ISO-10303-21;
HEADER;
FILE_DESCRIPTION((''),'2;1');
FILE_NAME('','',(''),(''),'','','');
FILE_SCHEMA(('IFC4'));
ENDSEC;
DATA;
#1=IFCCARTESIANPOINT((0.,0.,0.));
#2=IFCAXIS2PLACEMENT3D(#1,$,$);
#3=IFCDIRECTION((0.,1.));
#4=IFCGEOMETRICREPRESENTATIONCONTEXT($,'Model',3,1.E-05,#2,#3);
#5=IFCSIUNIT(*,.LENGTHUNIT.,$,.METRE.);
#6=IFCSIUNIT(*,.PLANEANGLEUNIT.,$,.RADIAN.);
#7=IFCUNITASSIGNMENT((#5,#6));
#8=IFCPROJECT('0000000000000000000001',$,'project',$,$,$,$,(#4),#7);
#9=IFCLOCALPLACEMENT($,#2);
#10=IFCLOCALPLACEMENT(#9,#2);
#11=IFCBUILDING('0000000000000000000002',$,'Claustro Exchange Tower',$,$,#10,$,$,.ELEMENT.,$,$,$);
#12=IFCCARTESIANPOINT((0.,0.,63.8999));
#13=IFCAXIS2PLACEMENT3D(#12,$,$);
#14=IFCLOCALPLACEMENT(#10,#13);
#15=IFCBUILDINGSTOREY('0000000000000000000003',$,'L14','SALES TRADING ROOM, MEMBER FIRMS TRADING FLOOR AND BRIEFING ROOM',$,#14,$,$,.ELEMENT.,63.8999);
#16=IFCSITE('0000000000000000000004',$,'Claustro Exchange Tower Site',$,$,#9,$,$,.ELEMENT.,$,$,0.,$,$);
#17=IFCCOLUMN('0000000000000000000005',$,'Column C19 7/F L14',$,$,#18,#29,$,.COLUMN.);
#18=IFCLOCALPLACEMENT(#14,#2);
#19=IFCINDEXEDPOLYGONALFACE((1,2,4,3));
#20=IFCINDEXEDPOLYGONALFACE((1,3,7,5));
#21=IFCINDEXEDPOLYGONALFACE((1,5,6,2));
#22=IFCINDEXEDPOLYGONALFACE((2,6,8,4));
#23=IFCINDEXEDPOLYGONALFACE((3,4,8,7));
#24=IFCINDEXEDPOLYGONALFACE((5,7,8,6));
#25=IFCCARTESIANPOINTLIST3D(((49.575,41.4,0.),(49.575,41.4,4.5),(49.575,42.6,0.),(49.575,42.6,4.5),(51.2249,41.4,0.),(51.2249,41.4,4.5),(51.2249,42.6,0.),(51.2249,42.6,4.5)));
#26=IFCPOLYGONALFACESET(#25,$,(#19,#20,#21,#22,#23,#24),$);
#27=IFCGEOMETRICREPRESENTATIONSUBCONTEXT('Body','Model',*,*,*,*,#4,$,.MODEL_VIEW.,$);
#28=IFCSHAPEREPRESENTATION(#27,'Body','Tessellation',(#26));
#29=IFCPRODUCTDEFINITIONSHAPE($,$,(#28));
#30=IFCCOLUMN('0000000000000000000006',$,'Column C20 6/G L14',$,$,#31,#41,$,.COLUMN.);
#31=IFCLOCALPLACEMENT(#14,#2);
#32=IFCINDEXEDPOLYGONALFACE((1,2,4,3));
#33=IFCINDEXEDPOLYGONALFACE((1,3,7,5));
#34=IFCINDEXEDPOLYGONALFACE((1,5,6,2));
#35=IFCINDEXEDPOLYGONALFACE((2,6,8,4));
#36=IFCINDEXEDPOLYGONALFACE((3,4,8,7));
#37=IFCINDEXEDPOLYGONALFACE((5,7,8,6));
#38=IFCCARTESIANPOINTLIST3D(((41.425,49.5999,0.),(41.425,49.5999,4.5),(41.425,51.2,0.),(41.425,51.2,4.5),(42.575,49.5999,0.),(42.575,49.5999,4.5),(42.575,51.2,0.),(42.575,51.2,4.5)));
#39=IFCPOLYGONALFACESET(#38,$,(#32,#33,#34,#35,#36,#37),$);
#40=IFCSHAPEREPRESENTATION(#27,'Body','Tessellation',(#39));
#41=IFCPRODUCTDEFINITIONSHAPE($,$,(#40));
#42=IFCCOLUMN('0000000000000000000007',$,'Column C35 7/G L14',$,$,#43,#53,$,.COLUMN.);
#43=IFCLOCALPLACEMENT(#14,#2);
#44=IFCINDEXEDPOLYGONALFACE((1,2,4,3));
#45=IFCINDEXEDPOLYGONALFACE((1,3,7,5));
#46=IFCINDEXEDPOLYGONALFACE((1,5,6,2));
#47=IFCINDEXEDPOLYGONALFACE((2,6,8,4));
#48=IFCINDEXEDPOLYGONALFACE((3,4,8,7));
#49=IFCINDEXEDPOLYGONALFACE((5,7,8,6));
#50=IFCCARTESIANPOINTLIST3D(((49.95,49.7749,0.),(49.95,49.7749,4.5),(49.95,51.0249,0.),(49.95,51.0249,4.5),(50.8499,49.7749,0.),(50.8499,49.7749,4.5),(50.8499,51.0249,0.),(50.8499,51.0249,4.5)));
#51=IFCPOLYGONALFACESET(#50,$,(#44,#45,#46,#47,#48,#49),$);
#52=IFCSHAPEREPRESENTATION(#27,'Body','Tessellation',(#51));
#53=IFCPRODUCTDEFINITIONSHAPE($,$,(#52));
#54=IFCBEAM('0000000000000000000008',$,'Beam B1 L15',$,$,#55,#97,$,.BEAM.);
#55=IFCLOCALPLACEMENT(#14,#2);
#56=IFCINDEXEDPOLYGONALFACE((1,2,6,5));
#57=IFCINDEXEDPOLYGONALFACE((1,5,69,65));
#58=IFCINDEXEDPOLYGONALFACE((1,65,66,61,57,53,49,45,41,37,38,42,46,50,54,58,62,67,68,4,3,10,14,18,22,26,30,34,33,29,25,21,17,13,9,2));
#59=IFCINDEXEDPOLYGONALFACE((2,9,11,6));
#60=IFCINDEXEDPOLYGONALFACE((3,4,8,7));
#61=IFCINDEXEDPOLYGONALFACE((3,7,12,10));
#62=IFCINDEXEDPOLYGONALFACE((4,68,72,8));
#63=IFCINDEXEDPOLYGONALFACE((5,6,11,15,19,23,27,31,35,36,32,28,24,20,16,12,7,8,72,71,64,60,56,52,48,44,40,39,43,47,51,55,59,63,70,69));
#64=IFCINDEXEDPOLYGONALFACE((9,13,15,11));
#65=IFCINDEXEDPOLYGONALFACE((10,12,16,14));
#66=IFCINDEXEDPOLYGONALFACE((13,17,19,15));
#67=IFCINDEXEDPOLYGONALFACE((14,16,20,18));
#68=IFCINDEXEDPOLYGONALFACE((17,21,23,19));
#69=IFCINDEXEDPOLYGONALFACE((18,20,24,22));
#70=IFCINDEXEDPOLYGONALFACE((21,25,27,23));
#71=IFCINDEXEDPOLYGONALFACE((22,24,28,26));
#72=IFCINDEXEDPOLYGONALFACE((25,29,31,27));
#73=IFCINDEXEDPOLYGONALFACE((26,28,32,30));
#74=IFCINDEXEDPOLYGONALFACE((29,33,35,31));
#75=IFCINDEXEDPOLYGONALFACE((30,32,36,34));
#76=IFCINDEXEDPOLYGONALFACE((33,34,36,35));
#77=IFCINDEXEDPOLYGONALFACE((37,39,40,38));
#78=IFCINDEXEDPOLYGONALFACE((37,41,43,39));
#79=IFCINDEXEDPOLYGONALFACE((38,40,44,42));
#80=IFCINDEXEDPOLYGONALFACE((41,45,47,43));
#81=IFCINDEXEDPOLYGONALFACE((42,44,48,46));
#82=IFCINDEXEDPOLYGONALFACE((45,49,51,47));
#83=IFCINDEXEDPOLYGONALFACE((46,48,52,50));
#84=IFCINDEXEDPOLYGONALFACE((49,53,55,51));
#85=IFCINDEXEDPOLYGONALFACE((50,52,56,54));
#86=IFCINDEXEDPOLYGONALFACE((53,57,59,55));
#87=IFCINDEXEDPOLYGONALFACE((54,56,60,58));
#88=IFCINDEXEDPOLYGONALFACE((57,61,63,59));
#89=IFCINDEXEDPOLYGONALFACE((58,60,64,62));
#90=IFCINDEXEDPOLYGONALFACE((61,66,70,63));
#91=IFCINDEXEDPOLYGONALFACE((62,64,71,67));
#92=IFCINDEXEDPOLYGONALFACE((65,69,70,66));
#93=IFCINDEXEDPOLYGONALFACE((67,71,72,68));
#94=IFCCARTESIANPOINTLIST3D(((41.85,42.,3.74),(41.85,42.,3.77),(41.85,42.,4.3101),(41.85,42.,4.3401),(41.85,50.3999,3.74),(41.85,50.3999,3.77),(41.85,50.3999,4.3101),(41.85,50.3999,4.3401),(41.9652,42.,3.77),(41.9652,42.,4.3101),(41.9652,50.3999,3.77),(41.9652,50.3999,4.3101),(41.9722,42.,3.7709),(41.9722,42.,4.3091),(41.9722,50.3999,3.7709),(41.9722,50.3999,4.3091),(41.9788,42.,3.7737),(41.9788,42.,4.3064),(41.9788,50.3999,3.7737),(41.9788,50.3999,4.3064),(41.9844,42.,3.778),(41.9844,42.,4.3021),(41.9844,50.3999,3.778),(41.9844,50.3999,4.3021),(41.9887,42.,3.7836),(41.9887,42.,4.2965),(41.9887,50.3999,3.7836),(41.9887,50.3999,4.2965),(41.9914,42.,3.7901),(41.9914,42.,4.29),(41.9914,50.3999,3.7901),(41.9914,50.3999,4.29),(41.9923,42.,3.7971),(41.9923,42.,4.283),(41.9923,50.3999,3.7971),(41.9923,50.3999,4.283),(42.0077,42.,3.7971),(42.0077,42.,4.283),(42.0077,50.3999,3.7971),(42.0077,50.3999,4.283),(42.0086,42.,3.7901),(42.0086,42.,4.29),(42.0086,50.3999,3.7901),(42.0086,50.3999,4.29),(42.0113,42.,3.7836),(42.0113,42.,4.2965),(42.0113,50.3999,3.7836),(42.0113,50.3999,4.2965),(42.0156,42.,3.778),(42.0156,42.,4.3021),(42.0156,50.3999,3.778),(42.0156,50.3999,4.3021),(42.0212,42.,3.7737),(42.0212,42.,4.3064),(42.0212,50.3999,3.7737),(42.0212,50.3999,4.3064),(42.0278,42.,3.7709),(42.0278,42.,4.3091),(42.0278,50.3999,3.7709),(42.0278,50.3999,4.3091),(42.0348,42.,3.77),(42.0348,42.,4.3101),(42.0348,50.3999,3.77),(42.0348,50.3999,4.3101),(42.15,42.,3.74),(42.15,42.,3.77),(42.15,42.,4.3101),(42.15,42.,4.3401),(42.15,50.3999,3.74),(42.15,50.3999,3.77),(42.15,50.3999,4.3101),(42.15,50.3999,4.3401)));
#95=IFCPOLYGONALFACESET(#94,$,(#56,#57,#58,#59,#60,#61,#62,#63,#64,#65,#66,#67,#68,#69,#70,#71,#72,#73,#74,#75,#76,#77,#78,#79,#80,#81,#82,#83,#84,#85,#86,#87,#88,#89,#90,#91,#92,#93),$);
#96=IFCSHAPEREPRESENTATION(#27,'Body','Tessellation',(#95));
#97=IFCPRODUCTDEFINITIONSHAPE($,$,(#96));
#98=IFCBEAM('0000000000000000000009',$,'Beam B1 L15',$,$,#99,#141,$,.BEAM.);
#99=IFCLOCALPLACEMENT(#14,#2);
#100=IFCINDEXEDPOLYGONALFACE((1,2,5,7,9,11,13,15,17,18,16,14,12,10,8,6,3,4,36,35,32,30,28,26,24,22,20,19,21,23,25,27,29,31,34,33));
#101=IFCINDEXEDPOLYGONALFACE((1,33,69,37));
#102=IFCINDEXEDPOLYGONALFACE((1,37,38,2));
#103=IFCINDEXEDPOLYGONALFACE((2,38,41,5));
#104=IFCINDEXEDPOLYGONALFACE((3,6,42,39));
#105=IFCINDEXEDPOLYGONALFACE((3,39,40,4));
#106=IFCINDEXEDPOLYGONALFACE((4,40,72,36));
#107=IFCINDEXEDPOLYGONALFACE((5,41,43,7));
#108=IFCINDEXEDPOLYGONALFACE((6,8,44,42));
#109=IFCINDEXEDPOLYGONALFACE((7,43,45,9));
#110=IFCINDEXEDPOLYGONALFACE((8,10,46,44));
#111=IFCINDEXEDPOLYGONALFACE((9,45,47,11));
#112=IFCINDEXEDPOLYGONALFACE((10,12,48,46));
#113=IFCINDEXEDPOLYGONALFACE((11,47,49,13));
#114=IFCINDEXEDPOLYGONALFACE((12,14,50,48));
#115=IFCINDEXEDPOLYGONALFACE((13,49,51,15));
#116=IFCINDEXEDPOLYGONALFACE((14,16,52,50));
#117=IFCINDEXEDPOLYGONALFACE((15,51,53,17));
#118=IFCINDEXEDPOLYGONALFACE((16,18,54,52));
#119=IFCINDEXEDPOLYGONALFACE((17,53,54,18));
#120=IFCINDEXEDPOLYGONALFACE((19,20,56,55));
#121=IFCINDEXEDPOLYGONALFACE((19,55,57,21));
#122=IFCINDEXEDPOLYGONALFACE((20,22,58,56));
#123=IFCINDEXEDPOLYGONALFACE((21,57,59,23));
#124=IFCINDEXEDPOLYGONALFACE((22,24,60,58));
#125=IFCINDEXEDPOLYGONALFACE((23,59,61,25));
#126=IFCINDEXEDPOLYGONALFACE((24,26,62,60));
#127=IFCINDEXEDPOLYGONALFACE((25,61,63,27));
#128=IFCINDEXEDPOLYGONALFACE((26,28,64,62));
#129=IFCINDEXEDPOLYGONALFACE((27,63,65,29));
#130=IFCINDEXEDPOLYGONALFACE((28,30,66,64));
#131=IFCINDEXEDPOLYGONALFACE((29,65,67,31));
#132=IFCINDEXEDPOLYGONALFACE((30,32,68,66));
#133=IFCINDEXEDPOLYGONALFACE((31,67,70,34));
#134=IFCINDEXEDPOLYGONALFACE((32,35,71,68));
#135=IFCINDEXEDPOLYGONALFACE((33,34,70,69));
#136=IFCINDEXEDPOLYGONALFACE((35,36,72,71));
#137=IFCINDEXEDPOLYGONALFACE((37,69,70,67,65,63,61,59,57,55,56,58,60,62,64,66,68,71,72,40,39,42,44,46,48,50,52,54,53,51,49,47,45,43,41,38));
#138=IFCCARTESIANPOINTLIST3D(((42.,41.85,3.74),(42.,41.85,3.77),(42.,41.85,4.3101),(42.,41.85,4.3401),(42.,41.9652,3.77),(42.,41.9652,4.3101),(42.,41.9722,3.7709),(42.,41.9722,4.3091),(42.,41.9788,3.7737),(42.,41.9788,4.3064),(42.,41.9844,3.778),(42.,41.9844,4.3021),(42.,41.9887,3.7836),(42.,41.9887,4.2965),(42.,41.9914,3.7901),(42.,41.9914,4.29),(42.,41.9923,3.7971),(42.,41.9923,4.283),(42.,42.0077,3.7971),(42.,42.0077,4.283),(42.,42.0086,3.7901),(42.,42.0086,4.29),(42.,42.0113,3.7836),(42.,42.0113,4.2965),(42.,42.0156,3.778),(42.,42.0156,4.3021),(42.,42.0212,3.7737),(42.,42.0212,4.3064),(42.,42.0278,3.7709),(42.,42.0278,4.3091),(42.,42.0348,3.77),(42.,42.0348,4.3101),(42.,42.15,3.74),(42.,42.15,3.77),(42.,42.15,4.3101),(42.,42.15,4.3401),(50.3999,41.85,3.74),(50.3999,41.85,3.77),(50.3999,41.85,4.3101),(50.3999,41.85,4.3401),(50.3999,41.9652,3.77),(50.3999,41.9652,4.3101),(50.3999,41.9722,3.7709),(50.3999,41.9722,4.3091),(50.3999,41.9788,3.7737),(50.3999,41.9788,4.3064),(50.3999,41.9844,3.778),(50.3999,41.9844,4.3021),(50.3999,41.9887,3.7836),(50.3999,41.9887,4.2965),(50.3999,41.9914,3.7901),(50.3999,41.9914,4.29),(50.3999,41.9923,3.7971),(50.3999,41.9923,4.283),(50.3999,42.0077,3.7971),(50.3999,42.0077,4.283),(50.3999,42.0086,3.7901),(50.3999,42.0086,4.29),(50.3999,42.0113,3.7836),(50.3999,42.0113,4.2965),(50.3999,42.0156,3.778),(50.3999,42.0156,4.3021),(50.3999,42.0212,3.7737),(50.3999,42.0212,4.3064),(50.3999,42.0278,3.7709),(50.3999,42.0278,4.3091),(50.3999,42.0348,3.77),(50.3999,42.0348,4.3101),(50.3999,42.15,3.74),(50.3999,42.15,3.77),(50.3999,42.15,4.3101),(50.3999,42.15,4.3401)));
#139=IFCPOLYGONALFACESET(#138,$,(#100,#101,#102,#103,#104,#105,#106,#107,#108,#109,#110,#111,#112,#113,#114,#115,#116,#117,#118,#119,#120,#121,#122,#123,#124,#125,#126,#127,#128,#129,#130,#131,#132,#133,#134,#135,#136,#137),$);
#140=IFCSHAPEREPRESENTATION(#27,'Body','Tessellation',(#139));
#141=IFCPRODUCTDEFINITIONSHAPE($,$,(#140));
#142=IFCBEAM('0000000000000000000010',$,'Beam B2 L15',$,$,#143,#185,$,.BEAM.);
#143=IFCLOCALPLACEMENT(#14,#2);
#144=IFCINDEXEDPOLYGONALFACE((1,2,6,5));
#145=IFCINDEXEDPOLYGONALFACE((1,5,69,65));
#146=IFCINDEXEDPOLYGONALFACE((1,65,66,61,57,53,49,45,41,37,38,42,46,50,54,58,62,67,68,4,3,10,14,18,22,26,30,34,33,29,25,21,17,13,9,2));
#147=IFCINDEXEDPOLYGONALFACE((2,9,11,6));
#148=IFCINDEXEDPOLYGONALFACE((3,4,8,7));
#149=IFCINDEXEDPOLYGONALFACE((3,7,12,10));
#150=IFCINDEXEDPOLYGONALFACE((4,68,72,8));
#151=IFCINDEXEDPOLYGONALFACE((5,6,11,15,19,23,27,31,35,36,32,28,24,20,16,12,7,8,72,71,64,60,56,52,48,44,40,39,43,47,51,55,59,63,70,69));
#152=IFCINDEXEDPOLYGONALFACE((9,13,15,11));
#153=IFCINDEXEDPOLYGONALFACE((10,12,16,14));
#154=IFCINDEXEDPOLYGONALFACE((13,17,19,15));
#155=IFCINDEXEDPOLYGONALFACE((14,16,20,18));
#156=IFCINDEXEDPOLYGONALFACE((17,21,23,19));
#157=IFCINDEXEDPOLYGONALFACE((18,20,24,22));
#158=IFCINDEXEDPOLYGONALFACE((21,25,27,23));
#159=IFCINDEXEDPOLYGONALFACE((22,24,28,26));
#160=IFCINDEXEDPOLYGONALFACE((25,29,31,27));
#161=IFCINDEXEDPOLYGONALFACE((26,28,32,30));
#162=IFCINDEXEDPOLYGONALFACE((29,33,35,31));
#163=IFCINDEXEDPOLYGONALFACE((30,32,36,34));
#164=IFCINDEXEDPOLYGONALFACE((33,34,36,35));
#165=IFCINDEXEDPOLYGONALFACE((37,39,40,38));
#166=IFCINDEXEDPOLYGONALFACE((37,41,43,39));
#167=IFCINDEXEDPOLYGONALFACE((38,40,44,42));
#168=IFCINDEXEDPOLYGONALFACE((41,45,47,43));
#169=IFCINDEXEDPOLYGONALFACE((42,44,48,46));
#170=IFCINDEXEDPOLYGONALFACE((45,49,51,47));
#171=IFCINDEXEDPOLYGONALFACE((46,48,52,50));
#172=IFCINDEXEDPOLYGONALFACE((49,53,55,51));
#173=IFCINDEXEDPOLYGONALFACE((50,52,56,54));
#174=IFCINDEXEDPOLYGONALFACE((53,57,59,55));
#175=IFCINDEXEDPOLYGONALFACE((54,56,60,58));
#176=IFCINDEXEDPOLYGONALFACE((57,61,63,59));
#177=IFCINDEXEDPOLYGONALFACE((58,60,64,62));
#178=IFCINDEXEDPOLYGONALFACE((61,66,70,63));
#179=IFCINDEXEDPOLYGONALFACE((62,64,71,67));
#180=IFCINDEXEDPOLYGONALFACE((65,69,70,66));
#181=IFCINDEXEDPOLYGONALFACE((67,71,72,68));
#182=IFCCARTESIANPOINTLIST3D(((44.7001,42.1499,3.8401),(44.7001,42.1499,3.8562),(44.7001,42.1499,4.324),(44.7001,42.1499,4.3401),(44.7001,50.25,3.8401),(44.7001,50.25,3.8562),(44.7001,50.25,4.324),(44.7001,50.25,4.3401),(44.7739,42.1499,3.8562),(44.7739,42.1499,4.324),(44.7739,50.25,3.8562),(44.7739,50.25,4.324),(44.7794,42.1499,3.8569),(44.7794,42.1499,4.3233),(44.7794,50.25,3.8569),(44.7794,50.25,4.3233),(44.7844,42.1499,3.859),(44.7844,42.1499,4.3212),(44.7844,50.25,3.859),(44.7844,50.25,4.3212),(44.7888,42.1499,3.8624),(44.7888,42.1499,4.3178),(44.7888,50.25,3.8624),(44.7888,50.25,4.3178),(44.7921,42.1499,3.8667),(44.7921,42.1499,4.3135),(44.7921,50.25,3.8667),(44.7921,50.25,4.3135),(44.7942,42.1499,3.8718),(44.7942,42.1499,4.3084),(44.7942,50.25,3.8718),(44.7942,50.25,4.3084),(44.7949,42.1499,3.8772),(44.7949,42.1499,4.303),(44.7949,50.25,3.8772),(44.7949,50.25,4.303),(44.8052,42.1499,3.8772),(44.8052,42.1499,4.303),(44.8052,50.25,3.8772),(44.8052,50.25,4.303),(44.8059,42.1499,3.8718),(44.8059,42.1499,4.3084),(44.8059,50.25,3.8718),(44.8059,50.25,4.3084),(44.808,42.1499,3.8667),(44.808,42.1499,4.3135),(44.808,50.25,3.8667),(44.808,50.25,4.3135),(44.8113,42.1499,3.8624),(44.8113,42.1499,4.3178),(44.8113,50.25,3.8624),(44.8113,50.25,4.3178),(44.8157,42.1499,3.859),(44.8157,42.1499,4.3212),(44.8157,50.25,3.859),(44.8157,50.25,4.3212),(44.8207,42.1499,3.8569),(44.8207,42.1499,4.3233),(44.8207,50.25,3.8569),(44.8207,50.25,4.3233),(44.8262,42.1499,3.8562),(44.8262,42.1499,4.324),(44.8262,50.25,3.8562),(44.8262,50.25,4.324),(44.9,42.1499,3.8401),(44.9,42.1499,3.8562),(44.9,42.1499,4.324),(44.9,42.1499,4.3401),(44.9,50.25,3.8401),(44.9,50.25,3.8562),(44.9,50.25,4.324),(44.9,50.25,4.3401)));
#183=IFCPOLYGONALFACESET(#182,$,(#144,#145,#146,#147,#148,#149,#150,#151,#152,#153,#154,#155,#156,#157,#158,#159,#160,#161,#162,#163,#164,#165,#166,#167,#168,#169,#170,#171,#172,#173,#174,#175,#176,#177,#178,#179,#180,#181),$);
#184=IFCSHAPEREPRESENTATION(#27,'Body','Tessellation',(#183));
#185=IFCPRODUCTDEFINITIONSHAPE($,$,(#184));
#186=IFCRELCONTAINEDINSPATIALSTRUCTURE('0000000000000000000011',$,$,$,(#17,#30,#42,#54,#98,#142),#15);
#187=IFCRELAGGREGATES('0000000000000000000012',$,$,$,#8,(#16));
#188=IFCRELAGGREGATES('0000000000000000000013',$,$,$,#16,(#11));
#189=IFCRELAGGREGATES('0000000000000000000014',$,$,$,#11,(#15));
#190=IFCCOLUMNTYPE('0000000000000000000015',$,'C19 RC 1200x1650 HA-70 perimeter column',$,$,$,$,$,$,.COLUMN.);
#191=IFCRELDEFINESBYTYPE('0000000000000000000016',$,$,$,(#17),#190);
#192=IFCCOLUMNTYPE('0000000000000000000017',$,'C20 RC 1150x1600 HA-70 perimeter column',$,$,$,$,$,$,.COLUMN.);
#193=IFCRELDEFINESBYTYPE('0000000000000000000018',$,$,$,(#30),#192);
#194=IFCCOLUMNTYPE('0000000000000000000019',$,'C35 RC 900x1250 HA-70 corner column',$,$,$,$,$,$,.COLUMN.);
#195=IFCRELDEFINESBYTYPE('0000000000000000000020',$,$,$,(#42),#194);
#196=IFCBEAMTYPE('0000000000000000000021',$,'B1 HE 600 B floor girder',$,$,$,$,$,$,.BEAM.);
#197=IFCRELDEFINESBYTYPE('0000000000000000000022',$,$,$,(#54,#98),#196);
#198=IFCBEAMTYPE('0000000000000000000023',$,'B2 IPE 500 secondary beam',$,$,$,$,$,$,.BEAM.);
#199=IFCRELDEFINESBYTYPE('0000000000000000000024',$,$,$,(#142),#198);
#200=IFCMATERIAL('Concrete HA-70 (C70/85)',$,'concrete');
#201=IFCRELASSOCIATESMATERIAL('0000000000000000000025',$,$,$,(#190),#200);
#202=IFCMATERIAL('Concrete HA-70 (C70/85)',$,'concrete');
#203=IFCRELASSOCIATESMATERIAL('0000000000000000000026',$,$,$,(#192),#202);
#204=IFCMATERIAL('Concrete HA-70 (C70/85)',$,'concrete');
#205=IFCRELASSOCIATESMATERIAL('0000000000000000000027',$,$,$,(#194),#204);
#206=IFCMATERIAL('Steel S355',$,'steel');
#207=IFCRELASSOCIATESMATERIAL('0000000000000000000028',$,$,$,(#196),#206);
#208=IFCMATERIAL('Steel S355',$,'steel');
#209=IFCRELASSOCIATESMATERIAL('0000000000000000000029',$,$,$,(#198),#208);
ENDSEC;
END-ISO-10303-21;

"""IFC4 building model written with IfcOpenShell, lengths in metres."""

from ifc_helpers import new_model, si_unit, direction, frame, origin, origin_2d, place, context, subcontext, project, spatial, rectangle, i_section, extrude, material, material_profile, profile_set, type_object, element, save


model = new_model("IFC4")

# Units and contexts
model_context = context("Model", 3, precision=1e-05, world=origin(), true_north=direction((0.0, 1.0)))
body_context = subcontext(model_context, "Body", "Model", "MODEL_VIEW")
ifc_project = project(units=[si_unit("LENGTHUNIT", "METRE"), si_unit("PLANEANGLEUNIT", "RADIAN")], contexts=[model_context])

# Site, building, storey
site_placement = place(None, origin())
site = spatial("IfcSite", under=ifc_project, at=site_placement, Name="Claustro Exchange Tower Site", CompositionType="ELEMENT", RefElevation=0.0)
building_placement = place(site_placement, origin())
building = spatial("IfcBuilding", under=site, at=building_placement, Name="Claustro Exchange Tower", CompositionType="ELEMENT")
storey_placement = place(building_placement, frame((0.0, 0.0, 63.8999)))
storey = spatial("IfcBuildingStorey", under=building, at=storey_placement, Name="L14", Description="SALES TRADING ROOM, MEMBER FIRMS TRADING FLOOR AND BRIEFING ROOM", CompositionType="ELEMENT", Elevation=63.8999)

# Columns
ifc_material_1 = material(Name="Concrete HA-70 (C70/85)", Category="concrete")
ifc_material_profile_1 = material_profile(ifc_material_1, rectangle(XDim=1.2, YDim=1.6499, at=origin_2d()), Name="RC 1200x1650")
ifc_profile_set_1 = profile_set([ifc_material_profile_1], Name="Concrete HA-70 (C70/85)")
column_type_1 = type_object("IfcColumnType", Name="C19 RC 1200x1650 HA-70 perimeter column", PredefinedType="COLUMN", material=ifc_profile_set_1)
column_1_placement = place(storey_placement, frame((50.3999, 42.0, 0.0), z_axis=(0.0, 0.0, 1.0), x_axis=(0.0, 1.0, 0.0)))
element("IfcColumn", 1, at=column_1_placement, inside=storey, type_object=column_type_1, Name="Column C19 7/F L14", PredefinedType="COLUMN", context=body_context, shape_type="SweptSolid", body=[
    extrude(rectangle(XDim=1.2, YDim=1.6499, at=origin_2d()), origin(), (0.0, 0.0, 1.0), 4.5),
])
ifc_material_2 = material(Name="Concrete HA-70 (C70/85)", Category="concrete")
ifc_material_profile_2 = material_profile(ifc_material_2, rectangle(XDim=1.1499, YDim=1.6001, at=origin_2d()), Name="RC 1150x1600")
ifc_profile_set_2 = profile_set([ifc_material_profile_2], Name="Concrete HA-70 (C70/85)")
column_type_2 = type_object("IfcColumnType", Name="C20 RC 1150x1600 HA-70 perimeter column", PredefinedType="COLUMN", material=ifc_profile_set_2)
column_2_placement = place(storey_placement, frame((42.0, 50.3999, 0.0), z_axis=(0.0, 0.0, 1.0), x_axis=(1.0, 0.0, 0.0)))
element("IfcColumn", 2, at=column_2_placement, inside=storey, type_object=column_type_2, Name="Column C20 6/G L14", PredefinedType="COLUMN", context=body_context, shape_type="SweptSolid", body=[
    extrude(rectangle(XDim=1.1499, YDim=1.6001, at=origin_2d()), origin(), (0.0, 0.0, 1.0), 4.5),
])
ifc_material_3 = material(Name="Concrete HA-70 (C70/85)", Category="concrete")
ifc_material_profile_3 = material_profile(ifc_material_3, rectangle(XDim=0.8999, YDim=1.25, at=origin_2d()), Name="RC 900x1250")
ifc_profile_set_3 = profile_set([ifc_material_profile_3], Name="Concrete HA-70 (C70/85)")
column_type_3 = type_object("IfcColumnType", Name="C35 RC 900x1250 HA-70 corner column", PredefinedType="COLUMN", material=ifc_profile_set_3)
column_3_placement = place(storey_placement, frame((50.3999, 50.3999, 0.0), z_axis=(0.0, 0.0, 1.0), x_axis=(1.0, 0.0, 0.0)))
element("IfcColumn", 3, at=column_3_placement, inside=storey, type_object=column_type_3, Name="Column C35 7/G L14", PredefinedType="COLUMN", context=body_context, shape_type="SweptSolid", body=[
    extrude(rectangle(XDim=0.8999, YDim=1.25, at=origin_2d()), origin(), (0.0, 0.0, 1.0), 4.5),
])

# Beams
ifc_material_4 = material(Name="Steel S355", Category="steel")
ifc_material_profile_4 = material_profile(ifc_material_4, i_section(OverallWidth=0.3, OverallDepth=0.6001, WebThickness=0.0154, FlangeThickness=0.03, FilletRadius=0.0271, at=origin_2d()), Name="HE 600 B")
ifc_profile_set_4 = profile_set([ifc_material_profile_4], Name="Steel S355")
beam_type_1 = type_object("IfcBeamType", Name="B1 HE 600 B floor girder", PredefinedType="BEAM", material=ifc_profile_set_4)
for number, where, z_axis, x_axis, name in (
    (4, (42.0, 42.0, 4.04), (0.0, 1.0, 0.0), (-1.0, 0.0, 0.0), "Beam B1 L15"),
    (5, (42.0, 42.0, 4.04), (1.0, 0.0, 0.0), (0.0, 1.0, 0.0), "Beam B1 L15"),
):
    element("IfcBeam", number, at=place(storey_placement, frame(where, z_axis=z_axis, x_axis=x_axis)), inside=storey, type_object=beam_type_1, Name=name, PredefinedType="BEAM", context=body_context, shape_type="SweptSolid", body=[
        extrude(i_section(OverallWidth=0.3, OverallDepth=0.6001, WebThickness=0.0154, FlangeThickness=0.03, FilletRadius=0.0271, at=origin_2d()), origin(), (0.0, 0.0, 1.0), 8.3999),
    ])
ifc_material_5 = material(Name="Steel S355", Category="steel")
ifc_material_profile_5 = material_profile(ifc_material_5, i_section(OverallWidth=0.2, OverallDepth=0.5, WebThickness=0.0103, FlangeThickness=0.0161, FilletRadius=0.021, at=origin_2d()), Name="IPE 500")
ifc_profile_set_5 = profile_set([ifc_material_profile_5], Name="Steel S355")
beam_type_2 = type_object("IfcBeamType", Name="B2 IPE 500 secondary beam", PredefinedType="BEAM", material=ifc_profile_set_5)
for number, where, z_axis, x_axis, name in (
    (6, (44.8, 42.1499, 4.0901), (0.0, 1.0, 0.0), (-1.0, 0.0, 0.0), "Beam B2 L15"),
):
    element("IfcBeam", number, at=place(storey_placement, frame(where, z_axis=z_axis, x_axis=x_axis)), inside=storey, type_object=beam_type_2, Name=name, PredefinedType="BEAM", context=body_context, shape_type="SweptSolid", body=[
        extrude(i_section(OverallWidth=0.2, OverallDepth=0.5, WebThickness=0.0103, FlangeThickness=0.0161, FilletRadius=0.021, at=origin_2d()), origin(), (0.0, 0.0, 1.0), 8.1001),
    ])

save(model, "model.ifc")
